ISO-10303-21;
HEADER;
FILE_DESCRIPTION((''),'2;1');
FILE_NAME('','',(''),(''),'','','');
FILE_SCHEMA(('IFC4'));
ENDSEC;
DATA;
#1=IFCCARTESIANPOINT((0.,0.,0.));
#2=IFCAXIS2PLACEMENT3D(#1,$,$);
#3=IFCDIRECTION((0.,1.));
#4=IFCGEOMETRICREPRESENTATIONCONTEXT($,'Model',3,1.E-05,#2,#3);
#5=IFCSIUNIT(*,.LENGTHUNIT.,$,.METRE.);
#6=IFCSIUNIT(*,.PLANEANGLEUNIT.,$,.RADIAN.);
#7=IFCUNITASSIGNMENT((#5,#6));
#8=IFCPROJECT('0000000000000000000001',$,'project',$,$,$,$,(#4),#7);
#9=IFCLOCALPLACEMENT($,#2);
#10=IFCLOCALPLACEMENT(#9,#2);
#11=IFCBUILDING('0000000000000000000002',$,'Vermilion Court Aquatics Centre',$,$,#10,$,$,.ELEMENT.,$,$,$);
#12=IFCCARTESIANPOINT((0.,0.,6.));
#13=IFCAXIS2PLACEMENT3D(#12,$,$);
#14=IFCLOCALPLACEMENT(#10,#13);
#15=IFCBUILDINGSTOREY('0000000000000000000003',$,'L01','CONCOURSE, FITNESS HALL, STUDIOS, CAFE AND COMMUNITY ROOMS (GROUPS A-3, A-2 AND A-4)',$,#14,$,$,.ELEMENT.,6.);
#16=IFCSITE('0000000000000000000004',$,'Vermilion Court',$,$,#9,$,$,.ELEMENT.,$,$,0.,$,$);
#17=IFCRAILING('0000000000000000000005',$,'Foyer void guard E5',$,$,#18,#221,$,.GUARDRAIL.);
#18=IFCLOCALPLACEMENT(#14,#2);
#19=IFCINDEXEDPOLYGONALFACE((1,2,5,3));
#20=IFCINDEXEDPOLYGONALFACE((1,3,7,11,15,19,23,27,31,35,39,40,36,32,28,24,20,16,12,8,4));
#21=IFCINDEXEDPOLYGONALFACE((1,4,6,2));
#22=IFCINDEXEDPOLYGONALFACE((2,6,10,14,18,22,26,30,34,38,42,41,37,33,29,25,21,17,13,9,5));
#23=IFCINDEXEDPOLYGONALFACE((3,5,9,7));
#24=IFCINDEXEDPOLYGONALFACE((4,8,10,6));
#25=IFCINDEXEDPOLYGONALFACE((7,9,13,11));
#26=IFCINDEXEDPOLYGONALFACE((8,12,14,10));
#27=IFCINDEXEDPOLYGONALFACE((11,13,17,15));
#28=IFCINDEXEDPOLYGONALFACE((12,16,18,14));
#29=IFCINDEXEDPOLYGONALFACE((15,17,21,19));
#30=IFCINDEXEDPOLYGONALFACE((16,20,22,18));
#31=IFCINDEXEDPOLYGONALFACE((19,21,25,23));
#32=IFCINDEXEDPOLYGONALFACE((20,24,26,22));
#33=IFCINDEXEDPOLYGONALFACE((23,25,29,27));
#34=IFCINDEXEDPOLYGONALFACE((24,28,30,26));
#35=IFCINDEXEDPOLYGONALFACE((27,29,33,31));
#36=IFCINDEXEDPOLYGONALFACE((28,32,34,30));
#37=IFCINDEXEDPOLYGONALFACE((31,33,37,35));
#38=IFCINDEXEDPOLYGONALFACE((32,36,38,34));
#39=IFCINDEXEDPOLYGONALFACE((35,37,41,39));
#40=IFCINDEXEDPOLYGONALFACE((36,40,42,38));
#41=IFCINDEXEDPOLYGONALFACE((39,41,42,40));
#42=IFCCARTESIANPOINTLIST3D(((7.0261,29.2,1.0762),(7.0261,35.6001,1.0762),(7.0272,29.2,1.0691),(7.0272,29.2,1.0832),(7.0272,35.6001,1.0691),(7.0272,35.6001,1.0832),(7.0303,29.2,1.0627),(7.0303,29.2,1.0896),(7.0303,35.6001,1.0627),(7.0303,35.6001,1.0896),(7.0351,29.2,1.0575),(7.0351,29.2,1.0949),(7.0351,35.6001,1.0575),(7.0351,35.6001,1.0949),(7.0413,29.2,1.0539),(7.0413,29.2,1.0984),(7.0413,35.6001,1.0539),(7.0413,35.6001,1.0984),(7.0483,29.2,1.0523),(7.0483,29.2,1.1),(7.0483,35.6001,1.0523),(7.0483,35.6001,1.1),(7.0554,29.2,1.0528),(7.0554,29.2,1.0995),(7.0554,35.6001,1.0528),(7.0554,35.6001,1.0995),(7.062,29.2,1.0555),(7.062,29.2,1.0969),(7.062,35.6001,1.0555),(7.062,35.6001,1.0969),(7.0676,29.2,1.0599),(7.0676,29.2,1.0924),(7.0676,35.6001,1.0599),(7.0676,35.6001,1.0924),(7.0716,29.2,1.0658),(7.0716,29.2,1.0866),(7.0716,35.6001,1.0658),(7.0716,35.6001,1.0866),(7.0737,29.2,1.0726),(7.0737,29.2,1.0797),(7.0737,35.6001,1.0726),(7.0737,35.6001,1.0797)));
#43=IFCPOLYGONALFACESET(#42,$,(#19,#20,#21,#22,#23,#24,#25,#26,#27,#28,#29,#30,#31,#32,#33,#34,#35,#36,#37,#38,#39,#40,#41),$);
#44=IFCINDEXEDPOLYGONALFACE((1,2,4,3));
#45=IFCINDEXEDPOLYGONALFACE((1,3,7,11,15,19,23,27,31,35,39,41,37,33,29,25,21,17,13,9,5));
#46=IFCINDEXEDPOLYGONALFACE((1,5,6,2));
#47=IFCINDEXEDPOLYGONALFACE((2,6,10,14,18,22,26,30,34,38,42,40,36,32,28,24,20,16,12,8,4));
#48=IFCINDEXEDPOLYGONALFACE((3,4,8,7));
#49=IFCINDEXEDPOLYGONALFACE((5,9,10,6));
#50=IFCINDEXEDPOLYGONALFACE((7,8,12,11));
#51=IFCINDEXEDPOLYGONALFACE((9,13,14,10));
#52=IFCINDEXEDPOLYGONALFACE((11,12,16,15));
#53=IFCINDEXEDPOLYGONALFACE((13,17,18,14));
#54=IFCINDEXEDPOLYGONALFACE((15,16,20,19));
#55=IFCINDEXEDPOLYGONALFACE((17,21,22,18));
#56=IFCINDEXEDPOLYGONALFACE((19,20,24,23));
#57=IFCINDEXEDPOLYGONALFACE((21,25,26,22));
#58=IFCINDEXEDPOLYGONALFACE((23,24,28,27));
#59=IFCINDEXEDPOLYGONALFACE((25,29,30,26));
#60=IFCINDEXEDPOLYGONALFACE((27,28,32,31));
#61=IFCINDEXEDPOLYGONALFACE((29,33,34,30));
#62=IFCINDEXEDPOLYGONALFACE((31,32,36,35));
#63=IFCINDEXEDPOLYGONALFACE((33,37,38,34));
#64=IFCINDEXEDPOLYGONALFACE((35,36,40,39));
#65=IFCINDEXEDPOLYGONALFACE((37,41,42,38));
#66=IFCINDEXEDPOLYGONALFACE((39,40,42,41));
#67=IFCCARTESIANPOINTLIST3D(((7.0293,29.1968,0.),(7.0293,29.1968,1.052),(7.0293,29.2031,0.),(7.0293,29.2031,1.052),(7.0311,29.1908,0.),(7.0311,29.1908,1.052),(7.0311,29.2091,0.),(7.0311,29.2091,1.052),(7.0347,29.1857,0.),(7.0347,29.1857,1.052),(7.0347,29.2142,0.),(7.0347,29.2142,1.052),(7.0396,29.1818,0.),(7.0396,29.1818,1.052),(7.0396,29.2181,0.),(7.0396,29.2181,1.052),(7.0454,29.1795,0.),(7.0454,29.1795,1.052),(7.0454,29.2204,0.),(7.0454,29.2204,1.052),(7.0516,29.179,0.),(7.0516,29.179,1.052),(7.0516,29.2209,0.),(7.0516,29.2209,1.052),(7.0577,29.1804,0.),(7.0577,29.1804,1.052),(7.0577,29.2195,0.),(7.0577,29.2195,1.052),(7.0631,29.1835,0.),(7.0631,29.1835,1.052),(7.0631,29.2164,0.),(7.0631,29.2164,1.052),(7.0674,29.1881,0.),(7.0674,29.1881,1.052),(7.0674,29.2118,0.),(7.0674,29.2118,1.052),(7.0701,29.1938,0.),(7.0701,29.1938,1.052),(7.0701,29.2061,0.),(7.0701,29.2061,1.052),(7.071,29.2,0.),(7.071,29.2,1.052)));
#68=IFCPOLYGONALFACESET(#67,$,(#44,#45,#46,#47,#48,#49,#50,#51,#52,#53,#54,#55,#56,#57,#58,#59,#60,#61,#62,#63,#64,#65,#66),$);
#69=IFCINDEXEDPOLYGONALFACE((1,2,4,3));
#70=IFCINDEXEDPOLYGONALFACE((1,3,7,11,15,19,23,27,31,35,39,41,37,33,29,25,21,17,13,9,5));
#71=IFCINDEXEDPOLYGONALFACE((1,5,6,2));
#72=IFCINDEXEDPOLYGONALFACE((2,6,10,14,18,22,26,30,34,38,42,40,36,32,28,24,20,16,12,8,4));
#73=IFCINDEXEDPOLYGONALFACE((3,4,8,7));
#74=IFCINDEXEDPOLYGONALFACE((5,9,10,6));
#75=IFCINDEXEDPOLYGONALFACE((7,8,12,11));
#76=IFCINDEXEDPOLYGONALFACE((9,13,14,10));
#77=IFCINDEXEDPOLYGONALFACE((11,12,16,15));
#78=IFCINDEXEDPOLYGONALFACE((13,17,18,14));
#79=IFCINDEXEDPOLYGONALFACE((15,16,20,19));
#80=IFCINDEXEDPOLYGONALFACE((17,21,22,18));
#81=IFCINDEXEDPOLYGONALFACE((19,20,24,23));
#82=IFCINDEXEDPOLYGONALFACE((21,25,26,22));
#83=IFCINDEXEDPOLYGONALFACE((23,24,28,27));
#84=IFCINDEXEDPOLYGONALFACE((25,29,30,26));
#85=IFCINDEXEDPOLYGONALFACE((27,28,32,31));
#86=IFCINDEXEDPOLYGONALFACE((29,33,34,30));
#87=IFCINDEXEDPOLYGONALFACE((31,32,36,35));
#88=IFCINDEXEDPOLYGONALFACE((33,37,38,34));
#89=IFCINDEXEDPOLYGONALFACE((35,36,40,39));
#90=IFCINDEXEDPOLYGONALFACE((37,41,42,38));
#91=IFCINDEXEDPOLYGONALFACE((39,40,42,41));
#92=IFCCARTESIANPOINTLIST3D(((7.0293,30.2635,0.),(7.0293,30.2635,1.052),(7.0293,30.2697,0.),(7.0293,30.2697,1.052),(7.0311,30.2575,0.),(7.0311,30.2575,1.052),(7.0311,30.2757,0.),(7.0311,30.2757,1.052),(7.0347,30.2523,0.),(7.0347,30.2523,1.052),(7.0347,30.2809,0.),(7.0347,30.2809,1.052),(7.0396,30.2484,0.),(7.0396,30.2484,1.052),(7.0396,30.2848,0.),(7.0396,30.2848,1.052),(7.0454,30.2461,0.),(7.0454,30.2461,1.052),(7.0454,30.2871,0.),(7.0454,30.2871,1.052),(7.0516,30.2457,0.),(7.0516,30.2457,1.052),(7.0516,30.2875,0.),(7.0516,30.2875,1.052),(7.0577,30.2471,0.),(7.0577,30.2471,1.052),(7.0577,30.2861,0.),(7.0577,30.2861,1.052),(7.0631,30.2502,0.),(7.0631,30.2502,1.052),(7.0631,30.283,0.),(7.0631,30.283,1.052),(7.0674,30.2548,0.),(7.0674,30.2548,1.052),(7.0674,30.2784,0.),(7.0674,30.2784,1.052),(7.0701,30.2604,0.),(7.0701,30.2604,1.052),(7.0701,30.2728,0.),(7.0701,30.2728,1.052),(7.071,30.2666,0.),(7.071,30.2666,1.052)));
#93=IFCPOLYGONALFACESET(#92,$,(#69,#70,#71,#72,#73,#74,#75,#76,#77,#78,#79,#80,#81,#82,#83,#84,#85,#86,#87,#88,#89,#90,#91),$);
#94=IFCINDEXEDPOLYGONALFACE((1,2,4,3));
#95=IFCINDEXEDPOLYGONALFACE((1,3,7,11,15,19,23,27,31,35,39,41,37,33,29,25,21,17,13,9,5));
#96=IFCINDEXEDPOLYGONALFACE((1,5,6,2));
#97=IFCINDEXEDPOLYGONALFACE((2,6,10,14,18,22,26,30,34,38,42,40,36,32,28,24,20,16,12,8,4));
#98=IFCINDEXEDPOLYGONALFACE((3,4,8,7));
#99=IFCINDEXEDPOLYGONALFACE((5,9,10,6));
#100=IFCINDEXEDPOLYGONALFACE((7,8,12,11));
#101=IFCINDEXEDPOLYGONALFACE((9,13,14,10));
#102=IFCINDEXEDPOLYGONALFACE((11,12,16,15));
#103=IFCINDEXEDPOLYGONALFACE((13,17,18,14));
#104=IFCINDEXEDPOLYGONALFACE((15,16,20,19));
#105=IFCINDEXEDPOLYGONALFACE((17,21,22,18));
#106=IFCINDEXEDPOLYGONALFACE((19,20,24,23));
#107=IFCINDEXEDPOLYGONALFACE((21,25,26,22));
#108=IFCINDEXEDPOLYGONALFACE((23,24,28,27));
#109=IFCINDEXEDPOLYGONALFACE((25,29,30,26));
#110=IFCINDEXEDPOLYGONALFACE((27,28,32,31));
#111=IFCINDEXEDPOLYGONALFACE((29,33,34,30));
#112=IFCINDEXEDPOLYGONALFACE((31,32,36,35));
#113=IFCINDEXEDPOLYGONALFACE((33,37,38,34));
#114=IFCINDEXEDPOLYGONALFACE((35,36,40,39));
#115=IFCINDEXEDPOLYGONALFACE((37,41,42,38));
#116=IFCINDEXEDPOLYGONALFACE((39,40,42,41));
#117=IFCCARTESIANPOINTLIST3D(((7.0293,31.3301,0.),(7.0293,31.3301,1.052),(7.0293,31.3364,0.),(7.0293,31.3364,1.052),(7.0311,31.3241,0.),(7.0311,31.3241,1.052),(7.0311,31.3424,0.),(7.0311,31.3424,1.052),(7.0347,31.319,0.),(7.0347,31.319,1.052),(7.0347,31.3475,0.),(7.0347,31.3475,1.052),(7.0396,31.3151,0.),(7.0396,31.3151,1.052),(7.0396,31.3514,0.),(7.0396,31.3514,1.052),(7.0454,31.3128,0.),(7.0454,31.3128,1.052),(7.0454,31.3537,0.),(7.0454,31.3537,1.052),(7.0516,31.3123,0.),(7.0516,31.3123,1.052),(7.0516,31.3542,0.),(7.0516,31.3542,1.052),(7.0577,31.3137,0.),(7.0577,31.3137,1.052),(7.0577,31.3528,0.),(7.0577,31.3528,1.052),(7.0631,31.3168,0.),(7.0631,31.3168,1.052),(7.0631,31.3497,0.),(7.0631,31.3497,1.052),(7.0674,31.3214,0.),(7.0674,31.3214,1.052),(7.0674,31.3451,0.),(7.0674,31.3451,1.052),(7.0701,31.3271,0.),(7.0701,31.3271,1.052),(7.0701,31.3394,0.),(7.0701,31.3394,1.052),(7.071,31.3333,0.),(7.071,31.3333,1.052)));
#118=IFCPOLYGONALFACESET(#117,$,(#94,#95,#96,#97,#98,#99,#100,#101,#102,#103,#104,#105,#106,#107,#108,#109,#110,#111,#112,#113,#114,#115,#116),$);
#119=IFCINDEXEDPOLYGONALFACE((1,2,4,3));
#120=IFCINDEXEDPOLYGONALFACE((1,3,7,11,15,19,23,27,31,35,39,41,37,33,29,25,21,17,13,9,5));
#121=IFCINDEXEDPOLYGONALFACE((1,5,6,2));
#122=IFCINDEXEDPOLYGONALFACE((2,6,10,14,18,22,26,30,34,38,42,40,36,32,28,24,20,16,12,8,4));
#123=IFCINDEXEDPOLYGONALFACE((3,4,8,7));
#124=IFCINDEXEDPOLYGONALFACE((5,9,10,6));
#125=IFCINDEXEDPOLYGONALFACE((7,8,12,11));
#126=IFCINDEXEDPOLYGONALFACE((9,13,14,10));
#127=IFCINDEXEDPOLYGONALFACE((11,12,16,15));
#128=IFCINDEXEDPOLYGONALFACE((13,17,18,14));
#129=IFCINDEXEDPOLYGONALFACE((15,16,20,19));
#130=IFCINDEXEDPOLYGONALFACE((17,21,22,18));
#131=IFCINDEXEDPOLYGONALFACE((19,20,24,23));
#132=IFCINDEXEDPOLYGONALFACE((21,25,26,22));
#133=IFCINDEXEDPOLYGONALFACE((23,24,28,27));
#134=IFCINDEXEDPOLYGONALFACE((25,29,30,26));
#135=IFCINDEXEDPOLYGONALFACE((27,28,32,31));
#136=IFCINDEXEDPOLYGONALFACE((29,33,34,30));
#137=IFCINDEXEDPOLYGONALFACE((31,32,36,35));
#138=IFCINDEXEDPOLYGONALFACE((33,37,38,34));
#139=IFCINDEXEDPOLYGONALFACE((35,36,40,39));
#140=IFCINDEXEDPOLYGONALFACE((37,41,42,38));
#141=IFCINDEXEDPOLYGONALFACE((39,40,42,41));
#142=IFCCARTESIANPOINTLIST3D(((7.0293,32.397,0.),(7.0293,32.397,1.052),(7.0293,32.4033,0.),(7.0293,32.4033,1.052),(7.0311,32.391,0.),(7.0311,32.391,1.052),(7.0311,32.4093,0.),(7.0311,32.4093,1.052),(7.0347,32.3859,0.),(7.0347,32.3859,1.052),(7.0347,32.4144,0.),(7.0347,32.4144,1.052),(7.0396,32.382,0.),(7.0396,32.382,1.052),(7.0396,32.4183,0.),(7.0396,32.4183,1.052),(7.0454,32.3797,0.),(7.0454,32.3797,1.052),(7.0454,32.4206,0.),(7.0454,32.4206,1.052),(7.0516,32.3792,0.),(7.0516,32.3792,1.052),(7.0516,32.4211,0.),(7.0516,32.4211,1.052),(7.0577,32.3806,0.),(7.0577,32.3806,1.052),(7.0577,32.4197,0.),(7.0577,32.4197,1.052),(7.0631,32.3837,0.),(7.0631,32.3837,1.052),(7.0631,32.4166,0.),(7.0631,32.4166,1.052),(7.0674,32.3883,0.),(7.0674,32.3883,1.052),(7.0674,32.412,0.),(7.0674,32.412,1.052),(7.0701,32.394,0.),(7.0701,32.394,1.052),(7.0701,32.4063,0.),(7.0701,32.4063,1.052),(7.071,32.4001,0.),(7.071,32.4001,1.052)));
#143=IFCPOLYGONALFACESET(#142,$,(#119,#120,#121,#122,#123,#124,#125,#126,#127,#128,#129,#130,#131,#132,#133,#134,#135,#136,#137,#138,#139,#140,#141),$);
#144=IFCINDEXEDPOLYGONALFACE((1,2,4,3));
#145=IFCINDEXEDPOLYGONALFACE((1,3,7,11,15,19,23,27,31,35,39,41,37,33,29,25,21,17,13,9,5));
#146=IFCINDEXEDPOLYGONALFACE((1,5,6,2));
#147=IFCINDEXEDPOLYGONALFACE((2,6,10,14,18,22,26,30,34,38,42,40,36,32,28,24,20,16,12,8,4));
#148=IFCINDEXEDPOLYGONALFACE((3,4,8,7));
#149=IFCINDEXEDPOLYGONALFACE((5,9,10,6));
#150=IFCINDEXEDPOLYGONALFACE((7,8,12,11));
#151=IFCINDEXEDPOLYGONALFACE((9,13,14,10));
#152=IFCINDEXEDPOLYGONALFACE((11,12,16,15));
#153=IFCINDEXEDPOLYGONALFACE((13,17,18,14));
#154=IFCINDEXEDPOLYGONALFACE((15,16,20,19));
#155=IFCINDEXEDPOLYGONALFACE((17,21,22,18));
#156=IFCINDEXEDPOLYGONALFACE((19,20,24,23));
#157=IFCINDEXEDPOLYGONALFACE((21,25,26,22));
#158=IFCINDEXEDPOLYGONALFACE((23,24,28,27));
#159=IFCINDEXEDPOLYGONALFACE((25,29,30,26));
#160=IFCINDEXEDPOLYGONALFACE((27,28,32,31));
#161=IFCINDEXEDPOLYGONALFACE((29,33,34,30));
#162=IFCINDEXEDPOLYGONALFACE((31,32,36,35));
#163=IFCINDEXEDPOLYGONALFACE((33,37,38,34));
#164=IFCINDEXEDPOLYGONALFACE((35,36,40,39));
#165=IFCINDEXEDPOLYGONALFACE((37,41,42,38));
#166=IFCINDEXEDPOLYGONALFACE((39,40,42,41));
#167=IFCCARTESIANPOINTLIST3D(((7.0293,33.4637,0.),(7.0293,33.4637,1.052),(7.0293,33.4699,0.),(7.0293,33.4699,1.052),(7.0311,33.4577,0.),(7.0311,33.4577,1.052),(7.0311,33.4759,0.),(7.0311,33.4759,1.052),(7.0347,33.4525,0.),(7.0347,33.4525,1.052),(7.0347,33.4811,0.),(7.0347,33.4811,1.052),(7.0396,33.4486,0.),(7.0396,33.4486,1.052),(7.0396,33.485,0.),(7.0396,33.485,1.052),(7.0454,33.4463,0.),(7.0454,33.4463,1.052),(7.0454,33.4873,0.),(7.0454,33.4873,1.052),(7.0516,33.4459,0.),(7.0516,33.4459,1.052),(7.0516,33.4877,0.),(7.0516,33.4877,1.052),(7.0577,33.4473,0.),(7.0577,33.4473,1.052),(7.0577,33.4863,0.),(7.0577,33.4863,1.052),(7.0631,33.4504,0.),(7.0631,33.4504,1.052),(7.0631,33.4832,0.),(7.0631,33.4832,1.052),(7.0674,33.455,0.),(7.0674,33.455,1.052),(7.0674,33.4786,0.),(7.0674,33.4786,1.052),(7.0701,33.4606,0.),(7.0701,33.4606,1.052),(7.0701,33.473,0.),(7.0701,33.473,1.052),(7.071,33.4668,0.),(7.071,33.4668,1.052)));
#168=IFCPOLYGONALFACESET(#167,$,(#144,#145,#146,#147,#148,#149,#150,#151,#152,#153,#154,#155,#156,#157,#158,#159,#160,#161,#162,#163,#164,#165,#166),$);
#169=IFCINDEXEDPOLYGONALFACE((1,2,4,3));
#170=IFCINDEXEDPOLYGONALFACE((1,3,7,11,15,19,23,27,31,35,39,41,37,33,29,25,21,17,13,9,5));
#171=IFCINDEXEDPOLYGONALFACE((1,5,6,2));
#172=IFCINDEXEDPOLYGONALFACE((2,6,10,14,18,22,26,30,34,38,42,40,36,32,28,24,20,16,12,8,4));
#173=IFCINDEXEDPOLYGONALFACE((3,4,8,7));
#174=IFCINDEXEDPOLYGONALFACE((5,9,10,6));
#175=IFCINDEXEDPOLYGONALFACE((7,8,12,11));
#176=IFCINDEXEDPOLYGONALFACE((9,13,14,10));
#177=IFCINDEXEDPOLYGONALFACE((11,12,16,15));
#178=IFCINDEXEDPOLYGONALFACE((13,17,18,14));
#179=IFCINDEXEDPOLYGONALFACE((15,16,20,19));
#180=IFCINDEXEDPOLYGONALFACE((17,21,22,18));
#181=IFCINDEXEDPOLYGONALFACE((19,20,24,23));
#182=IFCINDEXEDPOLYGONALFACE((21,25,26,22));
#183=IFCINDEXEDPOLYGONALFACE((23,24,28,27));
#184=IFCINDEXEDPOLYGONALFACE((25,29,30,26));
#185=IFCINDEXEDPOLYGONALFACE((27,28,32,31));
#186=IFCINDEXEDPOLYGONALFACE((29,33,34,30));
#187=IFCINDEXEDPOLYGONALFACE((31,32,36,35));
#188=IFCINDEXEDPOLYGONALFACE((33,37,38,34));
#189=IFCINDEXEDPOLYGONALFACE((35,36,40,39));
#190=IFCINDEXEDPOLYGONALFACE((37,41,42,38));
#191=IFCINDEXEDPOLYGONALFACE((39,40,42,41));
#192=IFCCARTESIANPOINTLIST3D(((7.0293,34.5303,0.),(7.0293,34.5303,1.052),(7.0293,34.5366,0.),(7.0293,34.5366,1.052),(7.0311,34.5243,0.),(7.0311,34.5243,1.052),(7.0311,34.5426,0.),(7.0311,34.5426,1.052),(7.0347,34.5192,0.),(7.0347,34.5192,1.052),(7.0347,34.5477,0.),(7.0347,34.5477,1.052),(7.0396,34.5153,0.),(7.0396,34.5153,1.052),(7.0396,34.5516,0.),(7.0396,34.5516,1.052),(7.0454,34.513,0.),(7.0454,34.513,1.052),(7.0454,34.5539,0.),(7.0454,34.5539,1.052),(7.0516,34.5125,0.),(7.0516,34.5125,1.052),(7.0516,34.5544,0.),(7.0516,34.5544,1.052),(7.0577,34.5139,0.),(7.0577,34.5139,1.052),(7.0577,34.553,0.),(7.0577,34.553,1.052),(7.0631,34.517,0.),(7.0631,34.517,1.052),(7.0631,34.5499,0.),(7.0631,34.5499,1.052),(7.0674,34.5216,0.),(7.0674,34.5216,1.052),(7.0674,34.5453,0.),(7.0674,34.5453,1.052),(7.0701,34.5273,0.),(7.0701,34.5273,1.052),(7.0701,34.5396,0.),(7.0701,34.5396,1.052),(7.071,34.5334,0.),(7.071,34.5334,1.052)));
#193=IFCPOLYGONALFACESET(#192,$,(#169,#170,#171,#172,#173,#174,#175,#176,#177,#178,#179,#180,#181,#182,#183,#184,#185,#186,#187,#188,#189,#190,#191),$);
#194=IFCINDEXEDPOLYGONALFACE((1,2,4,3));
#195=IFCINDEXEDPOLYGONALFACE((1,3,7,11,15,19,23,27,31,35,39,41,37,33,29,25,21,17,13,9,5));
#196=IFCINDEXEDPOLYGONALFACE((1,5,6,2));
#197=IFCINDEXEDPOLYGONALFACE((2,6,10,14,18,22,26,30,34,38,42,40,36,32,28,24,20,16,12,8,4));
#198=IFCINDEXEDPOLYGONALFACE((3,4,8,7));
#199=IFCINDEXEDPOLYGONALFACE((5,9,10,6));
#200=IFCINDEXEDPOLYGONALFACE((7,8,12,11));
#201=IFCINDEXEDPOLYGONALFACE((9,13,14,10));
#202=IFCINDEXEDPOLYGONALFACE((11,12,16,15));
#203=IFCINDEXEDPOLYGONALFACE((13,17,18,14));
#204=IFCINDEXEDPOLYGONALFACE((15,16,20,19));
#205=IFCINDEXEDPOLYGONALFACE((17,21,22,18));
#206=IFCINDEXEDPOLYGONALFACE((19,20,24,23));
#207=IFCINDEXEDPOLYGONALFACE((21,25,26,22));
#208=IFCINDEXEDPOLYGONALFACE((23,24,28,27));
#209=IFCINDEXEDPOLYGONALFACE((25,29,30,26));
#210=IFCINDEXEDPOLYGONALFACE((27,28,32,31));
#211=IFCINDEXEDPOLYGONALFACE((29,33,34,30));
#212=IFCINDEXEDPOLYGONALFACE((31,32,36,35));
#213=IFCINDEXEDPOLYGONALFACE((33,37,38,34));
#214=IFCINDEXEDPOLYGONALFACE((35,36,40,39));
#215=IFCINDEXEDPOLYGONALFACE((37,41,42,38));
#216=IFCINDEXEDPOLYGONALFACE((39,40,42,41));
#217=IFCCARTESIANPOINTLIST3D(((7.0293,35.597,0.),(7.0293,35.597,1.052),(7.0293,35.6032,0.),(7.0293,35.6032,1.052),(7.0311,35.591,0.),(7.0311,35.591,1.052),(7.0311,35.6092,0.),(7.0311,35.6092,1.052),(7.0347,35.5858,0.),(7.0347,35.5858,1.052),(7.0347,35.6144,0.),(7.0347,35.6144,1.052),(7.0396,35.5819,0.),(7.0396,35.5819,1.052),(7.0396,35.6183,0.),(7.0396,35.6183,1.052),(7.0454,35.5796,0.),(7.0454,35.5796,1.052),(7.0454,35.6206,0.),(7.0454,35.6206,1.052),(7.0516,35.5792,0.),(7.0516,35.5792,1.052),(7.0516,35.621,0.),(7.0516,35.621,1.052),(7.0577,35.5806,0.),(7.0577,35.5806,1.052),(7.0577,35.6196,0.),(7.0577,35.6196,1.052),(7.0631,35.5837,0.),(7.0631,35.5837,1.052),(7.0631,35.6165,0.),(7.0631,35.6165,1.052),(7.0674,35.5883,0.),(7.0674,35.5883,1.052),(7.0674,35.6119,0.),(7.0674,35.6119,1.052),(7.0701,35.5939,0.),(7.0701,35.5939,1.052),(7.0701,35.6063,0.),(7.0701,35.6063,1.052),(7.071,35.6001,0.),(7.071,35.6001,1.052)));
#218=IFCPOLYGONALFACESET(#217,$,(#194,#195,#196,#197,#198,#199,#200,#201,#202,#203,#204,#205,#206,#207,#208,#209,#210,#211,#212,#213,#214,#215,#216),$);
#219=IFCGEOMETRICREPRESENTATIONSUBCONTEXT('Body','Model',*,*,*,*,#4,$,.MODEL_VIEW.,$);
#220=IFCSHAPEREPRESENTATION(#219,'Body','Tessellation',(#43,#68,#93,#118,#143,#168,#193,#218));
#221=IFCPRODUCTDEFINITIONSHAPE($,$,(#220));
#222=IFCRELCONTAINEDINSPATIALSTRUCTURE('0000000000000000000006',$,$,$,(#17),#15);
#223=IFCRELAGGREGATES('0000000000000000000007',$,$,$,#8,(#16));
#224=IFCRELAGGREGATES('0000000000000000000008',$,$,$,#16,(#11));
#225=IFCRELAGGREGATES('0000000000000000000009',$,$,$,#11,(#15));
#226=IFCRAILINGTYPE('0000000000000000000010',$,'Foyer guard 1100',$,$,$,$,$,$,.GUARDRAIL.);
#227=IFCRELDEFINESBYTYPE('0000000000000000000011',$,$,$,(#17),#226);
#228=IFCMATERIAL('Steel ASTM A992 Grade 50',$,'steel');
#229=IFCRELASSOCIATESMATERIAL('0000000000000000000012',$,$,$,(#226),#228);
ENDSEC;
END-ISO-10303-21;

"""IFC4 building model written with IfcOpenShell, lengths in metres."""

from ifc_helpers import new_model, si_unit, direction, frame, origin, origin_2d, place, context, subcontext, project, spatial, circle, extrude, material, type_object, element, save


model = new_model("IFC4")

# Units and contexts
model_context = context("Model", 3, precision=1e-05, world=origin(), true_north=direction((0.0, 1.0)))
body_context = subcontext(model_context, "Body", "Model", "MODEL_VIEW")
ifc_project = project(units=[si_unit("LENGTHUNIT", "METRE"), si_unit("PLANEANGLEUNIT", "RADIAN")], contexts=[model_context])

# Site, building, storey
site_placement = place(None, origin())
site = spatial("IfcSite", under=ifc_project, at=site_placement, Name="Vermilion Court", CompositionType="ELEMENT", RefElevation=0.0)
building_placement = place(site_placement, origin())
building = spatial("IfcBuilding", under=site, at=building_placement, Name="Vermilion Court Aquatics Centre", CompositionType="ELEMENT")
storey_placement = place(building_placement, frame((0.0, 0.0, 6.0)))
storey = spatial("IfcBuildingStorey", under=building, at=storey_placement, Name="L01", Description="CONCOURSE, FITNESS HALL, STUDIOS, CAFE AND COMMUNITY ROOMS (GROUPS A-3, A-2 AND A-4)", CompositionType="ELEMENT", Elevation=6.0)

# Railing
ifc_material_1 = material(Name="Steel ASTM A992 Grade 50", Category="steel")
railing_type = type_object("IfcRailingType", Name="Foyer guard 1100", PredefinedType="GUARDRAIL", material=ifc_material_1)
for number, where, name in (
    (1, (7.05, 29.2, 0.0), "Foyer void guard E5"),
):
    element("IfcRailing", number, at=place(storey_placement, frame(where)), inside=storey, type_object=railing_type, Name=name, PredefinedType="GUARDRAIL", context=body_context, shape_type="SweptSolid", body=[
        extrude(circle(Radius=0.0239, at=origin_2d()), frame((0.0, 0.0, 1.0762), z_axis=(0.0, 1.0, 0.0), x_axis=(-1.0, 0.0, 0.0)), (0.0, 0.0, 1.0), 6.4001),
        extrude(circle(Radius=0.021, at=origin_2d()), origin(), (0.0, 0.0, 1.0), 1.052),
        extrude(circle(Radius=0.021, at=origin_2d()), frame((0.0, 1.0667, 0.0)), (0.0, 0.0, 1.0), 1.052),
        extrude(circle(Radius=0.021, at=origin_2d()), frame((0.0, 2.1333, 0.0)), (0.0, 0.0, 1.0), 1.052),
        extrude(circle(Radius=0.021, at=origin_2d()), frame((0.0, 3.2002, 0.0)), (0.0, 0.0, 1.0), 1.052),
        extrude(circle(Radius=0.021, at=origin_2d()), frame((0.0, 4.2668, 0.0)), (0.0, 0.0, 1.0), 1.052),
        extrude(circle(Radius=0.021, at=origin_2d()), frame((0.0, 5.3335, 0.0)), (0.0, 0.0, 1.0), 1.052),
        extrude(circle(Radius=0.021, at=origin_2d()), frame((0.0, 6.4001, 0.0)), (0.0, 0.0, 1.0), 1.052),
    ])

save(model, "model.ifc")
